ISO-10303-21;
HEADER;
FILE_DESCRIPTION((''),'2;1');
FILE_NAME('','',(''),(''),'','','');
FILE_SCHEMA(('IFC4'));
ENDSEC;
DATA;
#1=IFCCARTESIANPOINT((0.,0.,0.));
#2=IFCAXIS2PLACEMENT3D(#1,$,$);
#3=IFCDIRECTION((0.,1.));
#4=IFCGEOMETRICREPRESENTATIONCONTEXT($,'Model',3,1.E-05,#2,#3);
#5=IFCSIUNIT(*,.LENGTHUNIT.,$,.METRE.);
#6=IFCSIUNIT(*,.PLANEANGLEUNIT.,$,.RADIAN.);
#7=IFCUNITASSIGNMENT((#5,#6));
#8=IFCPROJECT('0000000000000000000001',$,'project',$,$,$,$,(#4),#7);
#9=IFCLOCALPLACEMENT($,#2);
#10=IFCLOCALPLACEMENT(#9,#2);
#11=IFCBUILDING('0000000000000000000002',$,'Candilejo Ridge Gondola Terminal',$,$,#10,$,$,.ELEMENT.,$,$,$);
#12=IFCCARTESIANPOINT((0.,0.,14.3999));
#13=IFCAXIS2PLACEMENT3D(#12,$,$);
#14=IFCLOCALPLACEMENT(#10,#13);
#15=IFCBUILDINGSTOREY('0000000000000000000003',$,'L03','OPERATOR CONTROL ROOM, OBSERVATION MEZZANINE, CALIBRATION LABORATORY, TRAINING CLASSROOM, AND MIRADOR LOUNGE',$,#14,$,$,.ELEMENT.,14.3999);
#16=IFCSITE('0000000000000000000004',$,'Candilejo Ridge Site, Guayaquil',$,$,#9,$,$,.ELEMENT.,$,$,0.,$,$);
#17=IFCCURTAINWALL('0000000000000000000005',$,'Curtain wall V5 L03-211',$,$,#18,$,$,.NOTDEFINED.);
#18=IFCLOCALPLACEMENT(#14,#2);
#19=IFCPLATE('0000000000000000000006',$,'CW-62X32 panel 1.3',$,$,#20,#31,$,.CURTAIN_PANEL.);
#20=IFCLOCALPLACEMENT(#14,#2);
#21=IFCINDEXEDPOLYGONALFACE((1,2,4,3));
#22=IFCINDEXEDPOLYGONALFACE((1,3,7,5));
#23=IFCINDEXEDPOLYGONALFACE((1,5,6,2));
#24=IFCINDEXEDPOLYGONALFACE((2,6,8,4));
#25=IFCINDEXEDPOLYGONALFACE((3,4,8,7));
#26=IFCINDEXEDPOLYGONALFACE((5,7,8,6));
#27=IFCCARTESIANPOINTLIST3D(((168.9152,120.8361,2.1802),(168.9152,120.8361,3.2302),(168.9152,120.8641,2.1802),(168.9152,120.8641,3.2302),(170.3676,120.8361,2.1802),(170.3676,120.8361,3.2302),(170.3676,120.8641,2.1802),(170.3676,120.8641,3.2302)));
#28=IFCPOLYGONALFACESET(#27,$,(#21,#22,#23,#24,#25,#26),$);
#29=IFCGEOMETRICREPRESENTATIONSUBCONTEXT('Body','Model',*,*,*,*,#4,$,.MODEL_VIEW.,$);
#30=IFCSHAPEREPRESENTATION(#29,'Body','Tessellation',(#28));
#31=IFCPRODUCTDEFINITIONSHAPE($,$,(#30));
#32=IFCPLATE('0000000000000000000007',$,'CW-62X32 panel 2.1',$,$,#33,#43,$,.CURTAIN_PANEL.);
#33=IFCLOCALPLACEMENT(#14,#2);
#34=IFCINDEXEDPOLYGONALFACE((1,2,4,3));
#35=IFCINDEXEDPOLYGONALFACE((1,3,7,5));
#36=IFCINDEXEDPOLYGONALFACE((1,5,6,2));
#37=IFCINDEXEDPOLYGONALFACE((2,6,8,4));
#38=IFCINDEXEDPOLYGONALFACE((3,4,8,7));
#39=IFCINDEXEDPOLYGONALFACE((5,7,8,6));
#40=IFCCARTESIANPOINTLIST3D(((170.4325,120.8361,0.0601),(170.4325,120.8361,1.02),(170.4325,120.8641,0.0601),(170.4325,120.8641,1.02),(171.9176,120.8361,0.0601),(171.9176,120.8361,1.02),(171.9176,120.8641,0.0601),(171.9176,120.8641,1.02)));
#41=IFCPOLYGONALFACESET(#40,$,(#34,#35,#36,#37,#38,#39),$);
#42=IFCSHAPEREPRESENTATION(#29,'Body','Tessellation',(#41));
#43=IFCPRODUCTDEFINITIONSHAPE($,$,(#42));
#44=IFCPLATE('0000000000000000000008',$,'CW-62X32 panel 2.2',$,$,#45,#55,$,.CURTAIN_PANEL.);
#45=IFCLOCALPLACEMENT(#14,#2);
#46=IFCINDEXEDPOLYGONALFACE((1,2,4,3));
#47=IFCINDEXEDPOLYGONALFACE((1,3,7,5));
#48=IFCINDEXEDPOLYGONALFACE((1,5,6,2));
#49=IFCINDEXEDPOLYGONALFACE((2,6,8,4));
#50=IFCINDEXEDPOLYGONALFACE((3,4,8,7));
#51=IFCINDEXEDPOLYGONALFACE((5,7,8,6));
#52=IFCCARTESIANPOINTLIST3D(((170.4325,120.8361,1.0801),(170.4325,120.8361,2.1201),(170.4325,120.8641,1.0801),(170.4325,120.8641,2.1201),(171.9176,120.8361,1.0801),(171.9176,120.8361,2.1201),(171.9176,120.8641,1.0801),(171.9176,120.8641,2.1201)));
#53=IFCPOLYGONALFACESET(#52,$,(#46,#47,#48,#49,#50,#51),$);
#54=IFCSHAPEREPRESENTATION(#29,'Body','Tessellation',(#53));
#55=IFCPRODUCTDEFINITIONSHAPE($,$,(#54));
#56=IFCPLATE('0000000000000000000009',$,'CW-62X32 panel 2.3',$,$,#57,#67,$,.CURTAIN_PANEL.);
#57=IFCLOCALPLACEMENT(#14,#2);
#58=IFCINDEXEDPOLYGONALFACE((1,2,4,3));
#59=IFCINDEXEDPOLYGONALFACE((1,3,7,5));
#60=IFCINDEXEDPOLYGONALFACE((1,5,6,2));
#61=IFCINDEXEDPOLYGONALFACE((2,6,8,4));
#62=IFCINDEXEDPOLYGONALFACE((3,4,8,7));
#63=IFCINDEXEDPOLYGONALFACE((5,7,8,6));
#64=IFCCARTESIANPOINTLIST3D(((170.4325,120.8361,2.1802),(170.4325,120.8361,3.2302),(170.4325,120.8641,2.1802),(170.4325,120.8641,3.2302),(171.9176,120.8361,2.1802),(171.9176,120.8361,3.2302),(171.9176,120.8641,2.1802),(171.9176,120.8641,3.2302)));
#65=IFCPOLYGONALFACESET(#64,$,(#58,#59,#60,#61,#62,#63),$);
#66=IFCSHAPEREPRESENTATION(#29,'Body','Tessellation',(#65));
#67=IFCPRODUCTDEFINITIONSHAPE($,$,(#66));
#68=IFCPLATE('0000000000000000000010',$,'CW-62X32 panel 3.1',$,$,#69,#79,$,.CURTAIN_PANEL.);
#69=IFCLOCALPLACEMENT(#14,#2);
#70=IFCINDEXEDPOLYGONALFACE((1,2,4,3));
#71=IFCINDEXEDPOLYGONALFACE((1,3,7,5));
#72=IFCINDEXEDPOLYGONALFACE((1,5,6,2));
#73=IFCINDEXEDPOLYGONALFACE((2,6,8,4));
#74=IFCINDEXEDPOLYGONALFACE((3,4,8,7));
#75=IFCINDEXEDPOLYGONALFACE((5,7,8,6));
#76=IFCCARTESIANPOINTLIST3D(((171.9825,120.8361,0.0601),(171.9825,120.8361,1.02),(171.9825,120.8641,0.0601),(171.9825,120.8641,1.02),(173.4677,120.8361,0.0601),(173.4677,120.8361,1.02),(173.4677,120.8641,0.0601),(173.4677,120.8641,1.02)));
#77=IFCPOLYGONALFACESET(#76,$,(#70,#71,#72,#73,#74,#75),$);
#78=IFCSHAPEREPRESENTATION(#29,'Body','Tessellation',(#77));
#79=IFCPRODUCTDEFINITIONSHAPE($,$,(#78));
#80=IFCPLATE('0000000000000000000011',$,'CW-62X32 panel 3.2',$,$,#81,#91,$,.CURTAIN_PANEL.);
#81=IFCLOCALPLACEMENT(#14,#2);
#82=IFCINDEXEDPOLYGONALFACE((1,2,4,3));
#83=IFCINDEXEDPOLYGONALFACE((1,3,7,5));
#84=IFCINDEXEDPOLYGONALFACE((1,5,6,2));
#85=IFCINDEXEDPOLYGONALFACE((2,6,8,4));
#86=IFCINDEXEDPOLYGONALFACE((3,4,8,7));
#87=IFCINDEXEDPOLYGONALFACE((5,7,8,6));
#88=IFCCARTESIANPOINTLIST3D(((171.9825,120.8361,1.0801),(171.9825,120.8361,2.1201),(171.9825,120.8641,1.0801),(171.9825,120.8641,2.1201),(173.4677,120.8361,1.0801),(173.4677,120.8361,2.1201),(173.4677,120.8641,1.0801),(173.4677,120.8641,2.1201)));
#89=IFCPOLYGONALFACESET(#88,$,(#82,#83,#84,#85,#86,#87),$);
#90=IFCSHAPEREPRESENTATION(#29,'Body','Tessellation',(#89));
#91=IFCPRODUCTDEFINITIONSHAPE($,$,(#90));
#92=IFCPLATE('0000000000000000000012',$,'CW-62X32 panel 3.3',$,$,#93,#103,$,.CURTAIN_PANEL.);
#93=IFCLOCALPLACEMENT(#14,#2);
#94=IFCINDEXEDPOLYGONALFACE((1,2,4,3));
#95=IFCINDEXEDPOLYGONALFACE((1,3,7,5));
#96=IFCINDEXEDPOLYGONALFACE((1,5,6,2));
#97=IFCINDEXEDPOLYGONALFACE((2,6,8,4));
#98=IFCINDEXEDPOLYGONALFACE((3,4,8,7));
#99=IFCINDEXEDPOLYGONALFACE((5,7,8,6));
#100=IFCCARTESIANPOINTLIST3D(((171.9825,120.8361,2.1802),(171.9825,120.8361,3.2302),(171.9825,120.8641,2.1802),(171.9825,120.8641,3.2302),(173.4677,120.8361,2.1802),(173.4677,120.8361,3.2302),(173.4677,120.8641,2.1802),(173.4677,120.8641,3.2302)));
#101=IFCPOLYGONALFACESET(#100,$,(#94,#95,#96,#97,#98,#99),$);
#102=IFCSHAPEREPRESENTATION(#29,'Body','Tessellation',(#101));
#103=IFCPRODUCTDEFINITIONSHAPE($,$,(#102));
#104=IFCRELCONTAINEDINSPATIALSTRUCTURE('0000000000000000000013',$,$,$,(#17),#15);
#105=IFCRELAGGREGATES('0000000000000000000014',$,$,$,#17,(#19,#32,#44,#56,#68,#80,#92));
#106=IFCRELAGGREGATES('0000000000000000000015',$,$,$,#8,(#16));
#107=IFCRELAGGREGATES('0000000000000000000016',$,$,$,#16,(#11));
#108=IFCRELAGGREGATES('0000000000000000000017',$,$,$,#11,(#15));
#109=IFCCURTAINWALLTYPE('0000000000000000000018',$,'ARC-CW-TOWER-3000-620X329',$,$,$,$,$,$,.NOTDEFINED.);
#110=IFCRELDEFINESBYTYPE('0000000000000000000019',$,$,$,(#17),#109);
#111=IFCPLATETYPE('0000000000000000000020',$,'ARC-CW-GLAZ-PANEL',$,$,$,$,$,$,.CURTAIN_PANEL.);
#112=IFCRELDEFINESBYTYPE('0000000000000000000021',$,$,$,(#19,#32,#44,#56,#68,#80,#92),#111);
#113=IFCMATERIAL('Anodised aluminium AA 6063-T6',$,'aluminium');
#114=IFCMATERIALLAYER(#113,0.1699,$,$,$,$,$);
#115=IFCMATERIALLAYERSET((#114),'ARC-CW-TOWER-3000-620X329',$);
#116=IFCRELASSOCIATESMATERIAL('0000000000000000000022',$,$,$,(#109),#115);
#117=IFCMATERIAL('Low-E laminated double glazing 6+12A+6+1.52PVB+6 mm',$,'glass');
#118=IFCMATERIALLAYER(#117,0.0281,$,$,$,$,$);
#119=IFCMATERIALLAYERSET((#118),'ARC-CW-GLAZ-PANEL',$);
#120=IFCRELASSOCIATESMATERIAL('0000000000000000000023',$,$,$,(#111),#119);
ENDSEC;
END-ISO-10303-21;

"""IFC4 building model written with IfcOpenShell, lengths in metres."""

from ifc_helpers import new_model, si_unit, direction, frame, origin, origin_2d, place, context, subcontext, project, spatial, rectangle, extrude, material, layer, layer_set, type_object, element, aggregate, save


model = new_model("IFC4")

# Units and contexts
model_context = context("Model", 3, precision=1e-05, world=origin(), true_north=direction((0.0, 1.0)))
body_context = subcontext(model_context, "Body", "Model", "MODEL_VIEW")
ifc_project = project(units=[si_unit("LENGTHUNIT", "METRE"), si_unit("PLANEANGLEUNIT", "RADIAN")], contexts=[model_context])

# Site, building, storey
site_placement = place(None, origin())
site = spatial("IfcSite", under=ifc_project, at=site_placement, Name="Candilejo Ridge Site, Guayaquil", CompositionType="ELEMENT", RefElevation=0.0)
building_placement = place(site_placement, origin())
building = spatial("IfcBuilding", under=site, at=building_placement, Name="Candilejo Ridge Gondola Terminal", CompositionType="ELEMENT")
storey_placement = place(building_placement, frame((0.0, 0.0, 14.3999)))
storey = spatial("IfcBuildingStorey", under=building, at=storey_placement, Name="L03", Description="OPERATOR CONTROL ROOM, OBSERVATION MEZZANINE, CALIBRATION LABORATORY, TRAINING CLASSROOM, AND MIRADOR LOUNGE", CompositionType="ELEMENT", Elevation=14.3999)

# Curtain wall, plates
ifc_material_1 = material(Name="Anodised aluminium AA 6063-T6", Category="aluminium")
ifc_layer_1 = layer(ifc_material_1, 0.1699)
ifc_layer_set_1 = layer_set([ifc_layer_1], Name="ARC-CW-TOWER-3000-620X329")
curtain_wall_type = type_object("IfcCurtainWallType", Name="ARC-CW-TOWER-3000-620X329", PredefinedType="NOTDEFINED", material=ifc_layer_set_1)
curtain_wall_placement = place(storey_placement, origin())
curtain_wall = element("IfcCurtainWall", 1, at=curtain_wall_placement, inside=storey, type_object=curtain_wall_type, Name="Curtain wall V5 L03-211", PredefinedType="NOTDEFINED")
ifc_material_2 = material(Name="Low-E laminated double glazing 6+12A+6+1.52PVB+6 mm", Category="glass")
ifc_layer_2 = layer(ifc_material_2, 0.0281)
ifc_layer_set_2 = layer_set([ifc_layer_2], Name="ARC-CW-GLAZ-PANEL")
plate_type = type_object("IfcPlateType", Name="ARC-CW-GLAZ-PANEL", PredefinedType="CURTAIN_PANEL", material=ifc_layer_set_2)
plate_1_placement = place(storey_placement, frame((169.6414, 120.8501, 2.1802), z_axis=(0.0, 0.0, 1.0), x_axis=(1.0, 0.0, 0.0)))
plate_1 = element("IfcPlate", 2, at=plate_1_placement, type_object=plate_type, Name="CW-62X32 panel 1.3", PredefinedType="CURTAIN_PANEL", context=body_context, shape_type="SweptSolid", body=[
    extrude(rectangle(XDim=1.4524, YDim=0.0281, at=origin_2d()), origin(), (0.0, 0.0, 1.0), 1.05),
])
plate_2_placement = place(storey_placement, frame((171.175, 120.8501, 0.0601), z_axis=(0.0, 0.0, 1.0), x_axis=(1.0, 0.0, 0.0)))
plate_2 = element("IfcPlate", 3, at=plate_2_placement, type_object=plate_type, Name="CW-62X32 panel 2.1", PredefinedType="CURTAIN_PANEL", context=body_context, shape_type="SweptSolid", body=[
    extrude(rectangle(XDim=1.4851, YDim=0.0281, at=origin_2d()), origin(), (0.0, 0.0, 1.0), 0.96),
])
plate_3_placement = place(storey_placement, frame((171.175, 120.8501, 1.0801), z_axis=(0.0, 0.0, 1.0), x_axis=(1.0, 0.0, 0.0)))
plate_3 = element("IfcPlate", 4, at=plate_3_placement, type_object=plate_type, Name="CW-62X32 panel 2.2", PredefinedType="CURTAIN_PANEL", context=body_context, shape_type="SweptSolid", body=[
    extrude(rectangle(XDim=1.4851, YDim=0.0281, at=origin_2d()), origin(), (0.0, 0.0, 1.0), 1.04),
])
plate_4_placement = place(storey_placement, frame((171.175, 120.8501, 2.1802), z_axis=(0.0, 0.0, 1.0), x_axis=(1.0, 0.0, 0.0)))
plate_4 = element("IfcPlate", 5, at=plate_4_placement, type_object=plate_type, Name="CW-62X32 panel 2.3", PredefinedType="CURTAIN_PANEL", context=body_context, shape_type="SweptSolid", body=[
    extrude(rectangle(XDim=1.4851, YDim=0.0281, at=origin_2d()), origin(), (0.0, 0.0, 1.0), 1.05),
])
plate_5_placement = place(storey_placement, frame((172.7251, 120.8501, 0.0601), z_axis=(0.0, 0.0, 1.0), x_axis=(1.0, 0.0, 0.0)))
plate_5 = element("IfcPlate", 6, at=plate_5_placement, type_object=plate_type, Name="CW-62X32 panel 3.1", PredefinedType="CURTAIN_PANEL", context=body_context, shape_type="SweptSolid", body=[
    extrude(rectangle(XDim=1.4851, YDim=0.0281, at=origin_2d()), origin(), (0.0, 0.0, 1.0), 0.96),
])
plate_6_placement = place(storey_placement, frame((172.7251, 120.8501, 1.0801), z_axis=(0.0, 0.0, 1.0), x_axis=(1.0, 0.0, 0.0)))
plate_6 = element("IfcPlate", 7, at=plate_6_placement, type_object=plate_type, Name="CW-62X32 panel 3.2", PredefinedType="CURTAIN_PANEL", context=body_context, shape_type="SweptSolid", body=[
    extrude(rectangle(XDim=1.4851, YDim=0.0281, at=origin_2d()), origin(), (0.0, 0.0, 1.0), 1.04),
])
plate_7_placement = place(storey_placement, frame((172.7251, 120.8501, 2.1802), z_axis=(0.0, 0.0, 1.0), x_axis=(1.0, 0.0, 0.0)))
plate_7 = element("IfcPlate", 8, at=plate_7_placement, type_object=plate_type, Name="CW-62X32 panel 3.3", PredefinedType="CURTAIN_PANEL", context=body_context, shape_type="SweptSolid", body=[
    extrude(rectangle(XDim=1.4851, YDim=0.0281, at=origin_2d()), origin(), (0.0, 0.0, 1.0), 1.05),
])
aggregate(curtain_wall, [plate_1, plate_2, plate_3, plate_4, plate_5, plate_6, plate_7])

save(model, "model.ifc")
